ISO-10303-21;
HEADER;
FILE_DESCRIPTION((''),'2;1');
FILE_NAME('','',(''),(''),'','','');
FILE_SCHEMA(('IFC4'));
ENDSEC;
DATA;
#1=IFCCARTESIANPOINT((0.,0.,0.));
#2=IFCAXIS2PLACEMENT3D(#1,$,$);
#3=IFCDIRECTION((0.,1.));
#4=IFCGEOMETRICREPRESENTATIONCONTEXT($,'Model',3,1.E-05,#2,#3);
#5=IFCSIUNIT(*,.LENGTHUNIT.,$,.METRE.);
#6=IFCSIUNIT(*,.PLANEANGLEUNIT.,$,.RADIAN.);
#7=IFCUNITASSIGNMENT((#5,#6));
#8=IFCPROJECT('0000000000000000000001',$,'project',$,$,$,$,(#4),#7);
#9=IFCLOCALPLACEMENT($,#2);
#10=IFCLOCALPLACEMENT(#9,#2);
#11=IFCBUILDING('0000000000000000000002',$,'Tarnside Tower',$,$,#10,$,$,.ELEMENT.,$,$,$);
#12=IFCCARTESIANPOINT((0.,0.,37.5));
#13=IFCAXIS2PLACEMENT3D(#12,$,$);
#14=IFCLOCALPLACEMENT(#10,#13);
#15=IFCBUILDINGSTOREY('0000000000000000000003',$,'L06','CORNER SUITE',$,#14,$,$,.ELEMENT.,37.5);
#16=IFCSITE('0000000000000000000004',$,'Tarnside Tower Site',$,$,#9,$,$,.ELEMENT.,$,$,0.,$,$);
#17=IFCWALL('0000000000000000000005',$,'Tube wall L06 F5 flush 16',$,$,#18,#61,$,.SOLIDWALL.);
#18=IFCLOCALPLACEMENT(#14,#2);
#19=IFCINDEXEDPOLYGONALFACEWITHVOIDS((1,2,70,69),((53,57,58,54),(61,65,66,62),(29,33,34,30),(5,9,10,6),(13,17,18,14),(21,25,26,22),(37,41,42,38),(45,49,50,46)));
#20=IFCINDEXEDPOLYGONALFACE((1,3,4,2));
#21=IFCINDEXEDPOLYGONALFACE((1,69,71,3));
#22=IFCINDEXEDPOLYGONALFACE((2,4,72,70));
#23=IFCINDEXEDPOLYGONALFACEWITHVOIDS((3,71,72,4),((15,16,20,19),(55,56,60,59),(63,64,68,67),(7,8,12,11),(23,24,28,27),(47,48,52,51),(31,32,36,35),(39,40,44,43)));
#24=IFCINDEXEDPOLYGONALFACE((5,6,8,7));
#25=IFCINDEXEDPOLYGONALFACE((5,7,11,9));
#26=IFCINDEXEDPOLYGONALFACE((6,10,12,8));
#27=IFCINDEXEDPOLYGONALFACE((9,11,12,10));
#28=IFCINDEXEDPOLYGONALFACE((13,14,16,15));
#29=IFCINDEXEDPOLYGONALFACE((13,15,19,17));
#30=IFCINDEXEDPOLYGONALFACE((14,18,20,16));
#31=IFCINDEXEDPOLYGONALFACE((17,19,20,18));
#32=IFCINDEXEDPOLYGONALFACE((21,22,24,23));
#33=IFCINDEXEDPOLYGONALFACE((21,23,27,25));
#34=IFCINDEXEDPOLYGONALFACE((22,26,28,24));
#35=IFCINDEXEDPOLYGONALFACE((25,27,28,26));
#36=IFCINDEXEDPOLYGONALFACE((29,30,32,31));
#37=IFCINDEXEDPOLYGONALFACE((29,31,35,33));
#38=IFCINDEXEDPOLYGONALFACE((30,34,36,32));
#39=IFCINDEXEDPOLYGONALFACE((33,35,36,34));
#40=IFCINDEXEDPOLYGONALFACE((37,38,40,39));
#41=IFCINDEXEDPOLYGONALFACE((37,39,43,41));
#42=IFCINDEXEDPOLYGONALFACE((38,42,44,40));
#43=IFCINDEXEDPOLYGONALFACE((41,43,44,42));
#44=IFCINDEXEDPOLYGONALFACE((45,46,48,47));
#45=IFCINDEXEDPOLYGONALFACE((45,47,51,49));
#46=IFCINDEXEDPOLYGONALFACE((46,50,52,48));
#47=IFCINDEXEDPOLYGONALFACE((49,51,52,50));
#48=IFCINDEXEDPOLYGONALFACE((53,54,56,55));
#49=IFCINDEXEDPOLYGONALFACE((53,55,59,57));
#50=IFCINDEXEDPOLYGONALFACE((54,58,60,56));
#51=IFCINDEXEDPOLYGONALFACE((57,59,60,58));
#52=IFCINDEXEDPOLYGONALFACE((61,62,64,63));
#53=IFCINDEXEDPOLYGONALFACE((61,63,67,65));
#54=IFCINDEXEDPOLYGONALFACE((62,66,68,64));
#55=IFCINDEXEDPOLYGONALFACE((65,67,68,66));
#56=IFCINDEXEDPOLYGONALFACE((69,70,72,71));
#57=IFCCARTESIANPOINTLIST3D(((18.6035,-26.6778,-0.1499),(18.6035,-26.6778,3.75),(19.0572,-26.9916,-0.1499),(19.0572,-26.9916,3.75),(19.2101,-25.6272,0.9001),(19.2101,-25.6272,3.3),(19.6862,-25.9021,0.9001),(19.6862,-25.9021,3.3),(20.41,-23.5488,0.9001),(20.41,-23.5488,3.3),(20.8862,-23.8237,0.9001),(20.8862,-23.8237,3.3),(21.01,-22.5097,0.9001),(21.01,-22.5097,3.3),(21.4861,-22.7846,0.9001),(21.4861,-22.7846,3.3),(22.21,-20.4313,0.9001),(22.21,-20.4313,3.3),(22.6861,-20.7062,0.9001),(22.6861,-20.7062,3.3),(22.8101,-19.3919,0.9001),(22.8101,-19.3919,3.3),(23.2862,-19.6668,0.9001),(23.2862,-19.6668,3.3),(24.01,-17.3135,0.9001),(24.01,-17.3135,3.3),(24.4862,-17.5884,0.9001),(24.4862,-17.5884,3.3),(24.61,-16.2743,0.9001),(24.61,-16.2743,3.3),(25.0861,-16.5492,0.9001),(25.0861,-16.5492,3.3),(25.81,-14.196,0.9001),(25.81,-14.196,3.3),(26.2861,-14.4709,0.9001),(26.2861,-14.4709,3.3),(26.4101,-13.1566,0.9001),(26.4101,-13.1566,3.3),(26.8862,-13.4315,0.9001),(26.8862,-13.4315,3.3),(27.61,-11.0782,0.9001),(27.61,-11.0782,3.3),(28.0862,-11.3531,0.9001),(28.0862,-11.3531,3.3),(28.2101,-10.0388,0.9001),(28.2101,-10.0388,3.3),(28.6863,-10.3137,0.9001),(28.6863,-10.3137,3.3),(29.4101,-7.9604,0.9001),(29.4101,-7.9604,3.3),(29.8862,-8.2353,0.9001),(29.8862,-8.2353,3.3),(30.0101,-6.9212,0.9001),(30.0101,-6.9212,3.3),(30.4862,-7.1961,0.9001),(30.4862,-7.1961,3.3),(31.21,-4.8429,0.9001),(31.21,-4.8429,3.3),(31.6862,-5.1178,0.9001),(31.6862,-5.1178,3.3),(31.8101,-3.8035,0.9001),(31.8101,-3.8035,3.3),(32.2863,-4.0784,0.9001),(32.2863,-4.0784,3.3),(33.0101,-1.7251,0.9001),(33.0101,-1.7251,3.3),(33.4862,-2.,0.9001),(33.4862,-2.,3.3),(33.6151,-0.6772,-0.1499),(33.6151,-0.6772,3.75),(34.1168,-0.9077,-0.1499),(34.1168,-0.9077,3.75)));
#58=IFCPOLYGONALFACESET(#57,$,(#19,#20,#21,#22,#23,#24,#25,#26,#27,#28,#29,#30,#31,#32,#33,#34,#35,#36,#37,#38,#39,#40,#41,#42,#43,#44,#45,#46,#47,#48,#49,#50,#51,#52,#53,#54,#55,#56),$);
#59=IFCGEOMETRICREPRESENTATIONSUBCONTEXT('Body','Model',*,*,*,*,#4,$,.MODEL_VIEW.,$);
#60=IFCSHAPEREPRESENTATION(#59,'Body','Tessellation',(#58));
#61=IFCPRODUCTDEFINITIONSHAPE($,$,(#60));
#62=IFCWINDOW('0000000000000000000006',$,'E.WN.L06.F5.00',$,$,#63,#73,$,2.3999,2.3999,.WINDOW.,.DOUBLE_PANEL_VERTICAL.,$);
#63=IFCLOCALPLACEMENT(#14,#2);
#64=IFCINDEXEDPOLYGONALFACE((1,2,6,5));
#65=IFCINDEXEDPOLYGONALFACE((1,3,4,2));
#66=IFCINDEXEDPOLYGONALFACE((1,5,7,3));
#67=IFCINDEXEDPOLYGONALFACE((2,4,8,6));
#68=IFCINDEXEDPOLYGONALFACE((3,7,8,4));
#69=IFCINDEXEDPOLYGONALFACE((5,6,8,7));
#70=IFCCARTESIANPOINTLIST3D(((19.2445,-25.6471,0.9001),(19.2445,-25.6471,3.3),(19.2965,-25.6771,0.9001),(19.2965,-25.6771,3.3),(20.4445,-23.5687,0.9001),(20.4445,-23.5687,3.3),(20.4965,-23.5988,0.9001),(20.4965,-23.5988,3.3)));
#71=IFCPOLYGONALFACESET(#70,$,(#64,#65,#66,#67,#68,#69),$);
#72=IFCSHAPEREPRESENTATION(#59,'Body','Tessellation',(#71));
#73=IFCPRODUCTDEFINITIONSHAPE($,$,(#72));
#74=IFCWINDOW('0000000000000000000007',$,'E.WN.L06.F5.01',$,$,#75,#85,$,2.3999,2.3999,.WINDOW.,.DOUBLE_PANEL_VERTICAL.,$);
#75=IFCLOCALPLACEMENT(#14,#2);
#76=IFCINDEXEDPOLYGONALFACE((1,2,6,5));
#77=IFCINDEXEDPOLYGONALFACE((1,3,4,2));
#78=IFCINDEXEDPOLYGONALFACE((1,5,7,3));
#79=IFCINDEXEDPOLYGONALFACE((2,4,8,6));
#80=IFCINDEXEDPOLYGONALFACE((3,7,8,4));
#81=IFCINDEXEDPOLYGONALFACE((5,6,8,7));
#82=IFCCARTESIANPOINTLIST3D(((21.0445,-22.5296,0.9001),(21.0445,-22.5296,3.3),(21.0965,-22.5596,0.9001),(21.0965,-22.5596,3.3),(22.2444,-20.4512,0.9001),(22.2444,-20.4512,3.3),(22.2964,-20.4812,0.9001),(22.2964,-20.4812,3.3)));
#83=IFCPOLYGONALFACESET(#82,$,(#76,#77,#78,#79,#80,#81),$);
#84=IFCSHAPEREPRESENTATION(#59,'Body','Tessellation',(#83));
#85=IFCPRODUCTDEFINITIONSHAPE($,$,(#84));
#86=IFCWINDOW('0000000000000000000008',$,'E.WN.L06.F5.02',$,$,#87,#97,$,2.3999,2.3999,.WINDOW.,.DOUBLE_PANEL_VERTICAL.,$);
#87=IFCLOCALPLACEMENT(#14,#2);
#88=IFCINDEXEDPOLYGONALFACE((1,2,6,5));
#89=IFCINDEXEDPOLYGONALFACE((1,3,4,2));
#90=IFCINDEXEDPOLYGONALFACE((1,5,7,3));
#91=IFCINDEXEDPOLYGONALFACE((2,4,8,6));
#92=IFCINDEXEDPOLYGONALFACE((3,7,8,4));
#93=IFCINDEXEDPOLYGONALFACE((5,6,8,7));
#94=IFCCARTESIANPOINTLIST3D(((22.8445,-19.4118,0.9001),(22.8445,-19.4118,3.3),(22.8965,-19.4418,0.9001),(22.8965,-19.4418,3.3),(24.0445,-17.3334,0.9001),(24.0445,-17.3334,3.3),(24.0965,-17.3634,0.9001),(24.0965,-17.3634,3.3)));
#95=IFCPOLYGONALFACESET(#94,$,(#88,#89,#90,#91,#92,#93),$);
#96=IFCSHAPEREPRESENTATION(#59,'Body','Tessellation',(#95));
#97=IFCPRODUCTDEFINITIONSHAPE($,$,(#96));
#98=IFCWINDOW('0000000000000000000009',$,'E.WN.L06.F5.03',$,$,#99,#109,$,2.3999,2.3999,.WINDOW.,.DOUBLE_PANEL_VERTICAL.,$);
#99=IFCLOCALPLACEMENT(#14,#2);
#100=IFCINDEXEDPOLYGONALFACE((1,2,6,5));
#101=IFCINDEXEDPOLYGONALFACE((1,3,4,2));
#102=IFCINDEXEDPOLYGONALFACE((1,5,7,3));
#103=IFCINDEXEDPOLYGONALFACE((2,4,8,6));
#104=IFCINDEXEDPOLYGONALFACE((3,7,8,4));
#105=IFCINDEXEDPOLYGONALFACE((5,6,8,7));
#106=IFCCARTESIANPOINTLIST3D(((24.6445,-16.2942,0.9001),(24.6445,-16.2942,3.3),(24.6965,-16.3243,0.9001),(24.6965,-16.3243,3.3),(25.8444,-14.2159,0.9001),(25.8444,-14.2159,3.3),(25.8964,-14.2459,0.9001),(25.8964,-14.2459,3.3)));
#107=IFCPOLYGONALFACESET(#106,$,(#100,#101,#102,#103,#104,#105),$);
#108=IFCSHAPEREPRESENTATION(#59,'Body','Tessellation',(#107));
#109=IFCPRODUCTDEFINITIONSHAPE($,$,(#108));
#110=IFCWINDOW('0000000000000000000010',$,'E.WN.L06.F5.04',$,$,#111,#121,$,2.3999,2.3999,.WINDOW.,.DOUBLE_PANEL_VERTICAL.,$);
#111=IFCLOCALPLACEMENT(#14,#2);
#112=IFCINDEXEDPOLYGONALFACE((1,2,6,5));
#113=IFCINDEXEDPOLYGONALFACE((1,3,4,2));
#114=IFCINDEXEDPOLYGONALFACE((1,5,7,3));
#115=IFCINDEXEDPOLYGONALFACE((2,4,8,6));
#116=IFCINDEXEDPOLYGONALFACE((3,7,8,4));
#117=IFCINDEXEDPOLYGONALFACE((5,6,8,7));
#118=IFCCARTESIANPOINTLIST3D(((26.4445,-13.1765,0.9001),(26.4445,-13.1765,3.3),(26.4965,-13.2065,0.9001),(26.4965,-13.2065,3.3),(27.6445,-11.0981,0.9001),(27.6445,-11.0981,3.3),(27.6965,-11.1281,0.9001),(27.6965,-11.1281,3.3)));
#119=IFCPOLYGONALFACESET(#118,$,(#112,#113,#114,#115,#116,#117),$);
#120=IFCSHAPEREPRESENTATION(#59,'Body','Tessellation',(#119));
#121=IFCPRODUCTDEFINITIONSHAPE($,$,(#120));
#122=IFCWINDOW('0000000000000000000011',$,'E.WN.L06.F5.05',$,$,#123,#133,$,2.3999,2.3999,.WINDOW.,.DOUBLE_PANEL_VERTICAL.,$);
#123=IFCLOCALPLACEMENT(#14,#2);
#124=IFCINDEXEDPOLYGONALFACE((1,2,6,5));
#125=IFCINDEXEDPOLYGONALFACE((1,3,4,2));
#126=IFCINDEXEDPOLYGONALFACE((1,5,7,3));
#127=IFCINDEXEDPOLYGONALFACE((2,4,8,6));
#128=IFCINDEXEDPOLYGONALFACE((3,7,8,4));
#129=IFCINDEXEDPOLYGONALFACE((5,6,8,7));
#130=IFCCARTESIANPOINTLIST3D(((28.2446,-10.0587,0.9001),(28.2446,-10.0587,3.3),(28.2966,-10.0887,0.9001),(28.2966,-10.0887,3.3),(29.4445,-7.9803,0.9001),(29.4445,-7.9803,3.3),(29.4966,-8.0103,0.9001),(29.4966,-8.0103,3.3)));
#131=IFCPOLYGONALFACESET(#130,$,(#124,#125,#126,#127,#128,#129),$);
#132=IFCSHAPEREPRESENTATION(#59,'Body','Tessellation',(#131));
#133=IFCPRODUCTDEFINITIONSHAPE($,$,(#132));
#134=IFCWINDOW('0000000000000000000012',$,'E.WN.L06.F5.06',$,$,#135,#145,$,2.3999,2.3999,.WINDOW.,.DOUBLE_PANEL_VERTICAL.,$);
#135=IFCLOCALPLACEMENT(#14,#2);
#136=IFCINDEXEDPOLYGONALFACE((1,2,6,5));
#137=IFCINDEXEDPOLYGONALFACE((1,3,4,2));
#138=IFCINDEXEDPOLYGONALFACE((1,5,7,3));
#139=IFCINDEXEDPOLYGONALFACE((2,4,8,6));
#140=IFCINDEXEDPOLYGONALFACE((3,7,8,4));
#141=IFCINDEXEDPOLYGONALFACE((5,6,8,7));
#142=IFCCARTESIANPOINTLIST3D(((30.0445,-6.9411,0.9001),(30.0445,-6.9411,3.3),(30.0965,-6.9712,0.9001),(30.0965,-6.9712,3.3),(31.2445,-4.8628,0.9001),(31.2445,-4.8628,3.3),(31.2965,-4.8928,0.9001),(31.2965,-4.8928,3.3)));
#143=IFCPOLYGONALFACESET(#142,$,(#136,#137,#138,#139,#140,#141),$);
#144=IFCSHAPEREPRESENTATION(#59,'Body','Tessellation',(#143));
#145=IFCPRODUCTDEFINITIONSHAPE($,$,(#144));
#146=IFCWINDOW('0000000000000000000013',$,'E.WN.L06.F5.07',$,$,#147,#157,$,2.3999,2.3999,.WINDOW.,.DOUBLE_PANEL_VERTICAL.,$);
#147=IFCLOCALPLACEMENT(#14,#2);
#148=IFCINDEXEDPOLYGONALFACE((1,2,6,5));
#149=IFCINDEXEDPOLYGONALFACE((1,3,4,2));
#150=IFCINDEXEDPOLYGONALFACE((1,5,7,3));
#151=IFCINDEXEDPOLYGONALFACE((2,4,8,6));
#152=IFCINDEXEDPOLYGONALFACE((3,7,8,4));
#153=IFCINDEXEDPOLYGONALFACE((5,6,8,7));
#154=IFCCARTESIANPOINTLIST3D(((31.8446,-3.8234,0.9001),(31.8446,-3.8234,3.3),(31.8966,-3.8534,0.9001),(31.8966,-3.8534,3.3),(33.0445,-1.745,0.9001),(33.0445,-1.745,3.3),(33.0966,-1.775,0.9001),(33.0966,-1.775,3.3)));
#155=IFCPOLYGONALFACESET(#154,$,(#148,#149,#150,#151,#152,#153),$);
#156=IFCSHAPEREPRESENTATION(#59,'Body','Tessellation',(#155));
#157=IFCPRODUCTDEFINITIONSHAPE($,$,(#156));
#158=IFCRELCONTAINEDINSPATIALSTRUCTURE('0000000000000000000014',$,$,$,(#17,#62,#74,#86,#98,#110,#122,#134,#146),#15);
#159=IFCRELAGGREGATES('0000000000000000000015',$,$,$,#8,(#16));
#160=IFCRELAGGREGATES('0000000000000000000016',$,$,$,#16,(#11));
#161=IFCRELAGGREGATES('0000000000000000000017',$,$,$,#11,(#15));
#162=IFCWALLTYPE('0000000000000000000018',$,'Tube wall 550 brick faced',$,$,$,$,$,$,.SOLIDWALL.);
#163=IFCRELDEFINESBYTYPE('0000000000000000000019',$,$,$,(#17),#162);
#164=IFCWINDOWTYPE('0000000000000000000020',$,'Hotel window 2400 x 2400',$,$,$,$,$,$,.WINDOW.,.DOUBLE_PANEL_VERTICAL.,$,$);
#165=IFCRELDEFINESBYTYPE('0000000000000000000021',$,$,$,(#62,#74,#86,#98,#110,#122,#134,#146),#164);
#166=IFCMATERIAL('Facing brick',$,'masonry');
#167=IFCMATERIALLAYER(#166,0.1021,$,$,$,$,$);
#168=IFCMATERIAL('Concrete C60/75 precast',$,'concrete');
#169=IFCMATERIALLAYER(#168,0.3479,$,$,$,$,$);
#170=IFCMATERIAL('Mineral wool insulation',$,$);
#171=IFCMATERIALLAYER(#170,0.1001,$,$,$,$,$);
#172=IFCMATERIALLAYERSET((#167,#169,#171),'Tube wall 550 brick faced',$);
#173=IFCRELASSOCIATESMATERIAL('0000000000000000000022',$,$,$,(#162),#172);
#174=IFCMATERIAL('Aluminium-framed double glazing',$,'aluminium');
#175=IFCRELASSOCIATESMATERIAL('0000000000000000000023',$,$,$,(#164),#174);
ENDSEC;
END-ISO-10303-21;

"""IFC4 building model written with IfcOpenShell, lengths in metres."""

from ifc_helpers import new_model, si_unit, direction, frame, frame_2d, origin, place, context, subcontext, project, spatial, polyline, rectangle, outline, extrude, material, layer, layer_set, type_object, element, fill, save


model = new_model("IFC4")

# Units and contexts
model_context = context("Model", 3, precision=1e-05, world=origin(), true_north=direction((0.0, 1.0)))
body_context = subcontext(model_context, "Body", "Model", "MODEL_VIEW")
ifc_project = project(units=[si_unit("LENGTHUNIT", "METRE"), si_unit("PLANEANGLEUNIT", "RADIAN")], contexts=[model_context])

# Site, building, storey
site_placement = place(None, origin())
site = spatial("IfcSite", under=ifc_project, at=site_placement, Name="Tarnside Tower Site", CompositionType="ELEMENT", RefElevation=0.0)
building_placement = place(site_placement, origin())
building = spatial("IfcBuilding", under=site, at=building_placement, Name="Tarnside Tower", CompositionType="ELEMENT")
storey_placement = place(building_placement, frame((0.0, 0.0, 37.5)))
storey = spatial("IfcBuildingStorey", under=building, at=storey_placement, Name="L06", Description="CORNER SUITE", CompositionType="ELEMENT", Elevation=37.5)

# Shared definitions
ifc_material_1 = material(Name="Facing brick", Category="masonry")
ifc_layer_1 = layer(ifc_material_1, 0.1021)
ifc_material_2 = material(Name="Concrete C60/75 precast", Category="concrete")
ifc_layer_2 = layer(ifc_material_2, 0.3479)
ifc_material_3 = material(Name="Mineral wool insulation")
ifc_layer_3 = layer(ifc_material_3, 0.1001)
ifc_layer_set_1 = layer_set([ifc_layer_1, ifc_layer_2, ifc_layer_3], Name="Tube wall 550 brick faced")
wall_type = type_object("IfcWallType", Name="Tube wall 550 brick faced", PredefinedType="SOLIDWALL", material=ifc_layer_set_1)

# Wall, openings, windows
wall_1_placement = place(storey_placement, frame((18.8303, -26.8347, -0.1499), z_axis=(0.0, 0.0, 1.0), x_axis=(0.500004, 0.866023, 0.0)))
wall_1 = element("IfcWall", 1, at=wall_1_placement, inside=storey, type_object=wall_type, Name="Tube wall L06 F5 flush 16", PredefinedType="SOLIDWALL", context=body_context, shape_type="SweptSolid", body=[
    extrude(outline(polyline([(-0.0225, -0.2749), (30.0967, -0.2749), (30.0454, 0.2749), (0.0225, 0.2749), (-0.0225, -0.2749)])), origin(), (0.0, 0.0, 1.0), 3.8999),
])
opening_1_placement = place(wall_1_placement, frame((1.2356, 0.0, 1.05)))
opening_1 = element("IfcOpeningElement", 2, at=opening_1_placement, cuts=wall_1, PredefinedType="OPENING", context=body_context, shape_type="SweptSolid", body=[
    extrude(rectangle(XDim=2.3999, YDim=2.3999, at=frame_2d((1.2, 1.2))), frame((0.0, 0.2852, 0.0), z_axis=(0.0, -1.0, 0.0), x_axis=(1.0, 0.0, 0.0)), (0.0, 0.0, 1.0), 0.5701),
])
opening_2_placement = place(wall_1_placement, frame((4.8354, 0.0, 1.05)))
opening_2 = element("IfcOpeningElement", 3, at=opening_2_placement, cuts=wall_1, PredefinedType="OPENING", context=body_context, shape_type="SweptSolid", body=[
    extrude(rectangle(XDim=2.3999, YDim=2.3999, at=frame_2d((1.2, 1.2))), frame((0.0, 0.2852, 0.0), z_axis=(0.0, -1.0, 0.0), x_axis=(1.0, 0.0, 0.0)), (0.0, 0.0, 1.0), 0.5701),
])
opening_3_placement = place(wall_1_placement, frame((8.4355, 0.0, 1.05)))
opening_3 = element("IfcOpeningElement", 4, at=opening_3_placement, cuts=wall_1, PredefinedType="OPENING", context=body_context, shape_type="SweptSolid", body=[
    extrude(rectangle(XDim=2.3999, YDim=2.3999, at=frame_2d((1.2, 1.2))), frame((0.0, 0.2852, 0.0), z_axis=(0.0, -1.0, 0.0), x_axis=(1.0, 0.0, 0.0)), (0.0, 0.0, 1.0), 0.5701),
])
opening_4_placement = place(wall_1_placement, frame((12.0354, 0.0, 1.05)))
opening_4 = element("IfcOpeningElement", 5, at=opening_4_placement, cuts=wall_1, PredefinedType="OPENING", context=body_context, shape_type="SweptSolid", body=[
    extrude(rectangle(XDim=2.3999, YDim=2.3999, at=frame_2d((1.2, 1.2))), frame((0.0, 0.2852, 0.0), z_axis=(0.0, -1.0, 0.0), x_axis=(1.0, 0.0, 0.0)), (0.0, 0.0, 1.0), 0.5701),
])
opening_5_placement = place(wall_1_placement, frame((15.6355, 0.0, 1.05)))
opening_5 = element("IfcOpeningElement", 6, at=opening_5_placement, cuts=wall_1, PredefinedType="OPENING", context=body_context, shape_type="SweptSolid", body=[
    extrude(rectangle(XDim=2.3999, YDim=2.3999, at=frame_2d((1.2, 1.2))), frame((0.0, 0.2852, 0.0), z_axis=(0.0, -1.0, 0.0), x_axis=(1.0, 0.0, 0.0)), (0.0, 0.0, 1.0), 0.5701),
])
opening_6_placement = place(wall_1_placement, frame((19.2356, 0.0, 1.05)))
opening_6 = element("IfcOpeningElement", 7, at=opening_6_placement, cuts=wall_1, PredefinedType="OPENING", context=body_context, shape_type="SweptSolid", body=[
    extrude(rectangle(XDim=2.3999, YDim=2.3999, at=frame_2d((1.2, 1.2))), frame((0.0, 0.2852, 0.0), z_axis=(0.0, -1.0, 0.0), x_axis=(1.0, 0.0, 0.0)), (0.0, 0.0, 1.0), 0.5701),
])
opening_7_placement = place(wall_1_placement, frame((22.8354, 0.0, 1.05)))
opening_7 = element("IfcOpeningElement", 8, at=opening_7_placement, cuts=wall_1, PredefinedType="OPENING", context=body_context, shape_type="SweptSolid", body=[
    extrude(rectangle(XDim=2.3999, YDim=2.3999, at=frame_2d((1.2, 1.2))), frame((0.0, 0.2852, 0.0), z_axis=(0.0, -1.0, 0.0), x_axis=(1.0, 0.0, 0.0)), (0.0, 0.0, 1.0), 0.5701),
])
opening_8_placement = place(wall_1_placement, frame((26.4355, 0.0, 1.05)))
opening_8 = element("IfcOpeningElement", 9, at=opening_8_placement, cuts=wall_1, PredefinedType="OPENING", context=body_context, shape_type="SweptSolid", body=[
    extrude(rectangle(XDim=2.3999, YDim=2.3999, at=frame_2d((1.2, 1.2))), frame((0.0, 0.2852, 0.0), z_axis=(0.0, -1.0, 0.0), x_axis=(1.0, 0.0, 0.0)), (0.0, 0.0, 1.0), 0.5701),
])
ifc_material_4 = material(Name="Aluminium-framed double glazing", Category="aluminium")
window_type = type_object("IfcWindowType", Name="Hotel window 2400 x 2400", PartitioningType="DOUBLE_PANEL_VERTICAL", PredefinedType="WINDOW", material=ifc_material_4)
window_1_placement = place(opening_1_placement, frame((0.0, 0.2051, 0.0)))
window_1 = element("IfcWindow", 10, at=window_1_placement, inside=storey, type_object=window_type, Name="E.WN.L06.F5.00", OverallHeight=2.3999, OverallWidth=2.3999, PartitioningType="DOUBLE_PANEL_VERTICAL", PredefinedType="WINDOW", context=body_context, shape_type="SweptSolid", body=[
    extrude(rectangle(XDim=2.3999, YDim=2.3999, at=frame_2d((1.2, 1.2))), frame((0.0, 0.03, 0.0), z_axis=(0.0, -1.0, 0.0), x_axis=(1.0, 0.0, 0.0)), (0.0, 0.0, 1.0), 0.0601),
])
fill(opening_1, window_1)
window_2_placement = place(opening_2_placement, frame((0.0, 0.2051, 0.0)))
window_2 = element("IfcWindow", 11, at=window_2_placement, inside=storey, type_object=window_type, Name="E.WN.L06.F5.01", OverallHeight=2.3999, OverallWidth=2.3999, PartitioningType="DOUBLE_PANEL_VERTICAL", PredefinedType="WINDOW", context=body_context, shape_type="SweptSolid", body=[
    extrude(rectangle(XDim=2.3999, YDim=2.3999, at=frame_2d((1.2, 1.2))), frame((0.0, 0.03, 0.0), z_axis=(0.0, -1.0, 0.0), x_axis=(1.0, 0.0, 0.0)), (0.0, 0.0, 1.0), 0.0601),
])
fill(opening_2, window_2)
window_3_placement = place(opening_3_placement, frame((0.0, 0.2051, 0.0)))
window_3 = element("IfcWindow", 12, at=window_3_placement, inside=storey, type_object=window_type, Name="E.WN.L06.F5.02", OverallHeight=2.3999, OverallWidth=2.3999, PartitioningType="DOUBLE_PANEL_VERTICAL", PredefinedType="WINDOW", context=body_context, shape_type="SweptSolid", body=[
    extrude(rectangle(XDim=2.3999, YDim=2.3999, at=frame_2d((1.2, 1.2))), frame((0.0, 0.03, 0.0), z_axis=(0.0, -1.0, 0.0), x_axis=(1.0, 0.0, 0.0)), (0.0, 0.0, 1.0), 0.0601),
])
fill(opening_3, window_3)
window_4_placement = place(opening_4_placement, frame((0.0, 0.2051, 0.0)))
window_4 = element("IfcWindow", 13, at=window_4_placement, inside=storey, type_object=window_type, Name="E.WN.L06.F5.03", OverallHeight=2.3999, OverallWidth=2.3999, PartitioningType="DOUBLE_PANEL_VERTICAL", PredefinedType="WINDOW", context=body_context, shape_type="SweptSolid", body=[
    extrude(rectangle(XDim=2.3999, YDim=2.3999, at=frame_2d((1.2, 1.2))), frame((0.0, 0.03, 0.0), z_axis=(0.0, -1.0, 0.0), x_axis=(1.0, 0.0, 0.0)), (0.0, 0.0, 1.0), 0.0601),
])
fill(opening_4, window_4)
window_5_placement = place(opening_5_placement, frame((0.0, 0.2051, 0.0)))
window_5 = element("IfcWindow", 14, at=window_5_placement, inside=storey, type_object=window_type, Name="E.WN.L06.F5.04", OverallHeight=2.3999, OverallWidth=2.3999, PartitioningType="DOUBLE_PANEL_VERTICAL", PredefinedType="WINDOW", context=body_context, shape_type="SweptSolid", body=[
    extrude(rectangle(XDim=2.3999, YDim=2.3999, at=frame_2d((1.2, 1.2))), frame((0.0, 0.03, 0.0), z_axis=(0.0, -1.0, 0.0), x_axis=(1.0, 0.0, 0.0)), (0.0, 0.0, 1.0), 0.0601),
])
fill(opening_5, window_5)
window_6_placement = place(opening_6_placement, frame((0.0, 0.2051, 0.0)))
window_6 = element("IfcWindow", 15, at=window_6_placement, inside=storey, type_object=window_type, Name="E.WN.L06.F5.05", OverallHeight=2.3999, OverallWidth=2.3999, PartitioningType="DOUBLE_PANEL_VERTICAL", PredefinedType="WINDOW", context=body_context, shape_type="SweptSolid", body=[
    extrude(rectangle(XDim=2.3999, YDim=2.3999, at=frame_2d((1.2, 1.2))), frame((0.0, 0.03, 0.0), z_axis=(0.0, -1.0, 0.0), x_axis=(1.0, 0.0, 0.0)), (0.0, 0.0, 1.0), 0.0601),
])
fill(opening_6, window_6)
window_7_placement = place(opening_7_placement, frame((0.0, 0.2051, 0.0)))
window_7 = element("IfcWindow", 16, at=window_7_placement, inside=storey, type_object=window_type, Name="E.WN.L06.F5.06", OverallHeight=2.3999, OverallWidth=2.3999, PartitioningType="DOUBLE_PANEL_VERTICAL", PredefinedType="WINDOW", context=body_context, shape_type="SweptSolid", body=[
    extrude(rectangle(XDim=2.3999, YDim=2.3999, at=frame_2d((1.2, 1.2))), frame((0.0, 0.03, 0.0), z_axis=(0.0, -1.0, 0.0), x_axis=(1.0, 0.0, 0.0)), (0.0, 0.0, 1.0), 0.0601),
])
fill(opening_7, window_7)
window_8_placement = place(opening_8_placement, frame((0.0, 0.2051, 0.0)))
window_8 = element("IfcWindow", 17, at=window_8_placement, inside=storey, type_object=window_type, Name="E.WN.L06.F5.07", OverallHeight=2.3999, OverallWidth=2.3999, PartitioningType="DOUBLE_PANEL_VERTICAL", PredefinedType="WINDOW", context=body_context, shape_type="SweptSolid", body=[
    extrude(rectangle(XDim=2.3999, YDim=2.3999, at=frame_2d((1.2, 1.2))), frame((0.0, 0.03, 0.0), z_axis=(0.0, -1.0, 0.0), x_axis=(1.0, 0.0, 0.0)), (0.0, 0.0, 1.0), 0.0601),
])
fill(opening_8, window_8)

save(model, "model.ifc")
